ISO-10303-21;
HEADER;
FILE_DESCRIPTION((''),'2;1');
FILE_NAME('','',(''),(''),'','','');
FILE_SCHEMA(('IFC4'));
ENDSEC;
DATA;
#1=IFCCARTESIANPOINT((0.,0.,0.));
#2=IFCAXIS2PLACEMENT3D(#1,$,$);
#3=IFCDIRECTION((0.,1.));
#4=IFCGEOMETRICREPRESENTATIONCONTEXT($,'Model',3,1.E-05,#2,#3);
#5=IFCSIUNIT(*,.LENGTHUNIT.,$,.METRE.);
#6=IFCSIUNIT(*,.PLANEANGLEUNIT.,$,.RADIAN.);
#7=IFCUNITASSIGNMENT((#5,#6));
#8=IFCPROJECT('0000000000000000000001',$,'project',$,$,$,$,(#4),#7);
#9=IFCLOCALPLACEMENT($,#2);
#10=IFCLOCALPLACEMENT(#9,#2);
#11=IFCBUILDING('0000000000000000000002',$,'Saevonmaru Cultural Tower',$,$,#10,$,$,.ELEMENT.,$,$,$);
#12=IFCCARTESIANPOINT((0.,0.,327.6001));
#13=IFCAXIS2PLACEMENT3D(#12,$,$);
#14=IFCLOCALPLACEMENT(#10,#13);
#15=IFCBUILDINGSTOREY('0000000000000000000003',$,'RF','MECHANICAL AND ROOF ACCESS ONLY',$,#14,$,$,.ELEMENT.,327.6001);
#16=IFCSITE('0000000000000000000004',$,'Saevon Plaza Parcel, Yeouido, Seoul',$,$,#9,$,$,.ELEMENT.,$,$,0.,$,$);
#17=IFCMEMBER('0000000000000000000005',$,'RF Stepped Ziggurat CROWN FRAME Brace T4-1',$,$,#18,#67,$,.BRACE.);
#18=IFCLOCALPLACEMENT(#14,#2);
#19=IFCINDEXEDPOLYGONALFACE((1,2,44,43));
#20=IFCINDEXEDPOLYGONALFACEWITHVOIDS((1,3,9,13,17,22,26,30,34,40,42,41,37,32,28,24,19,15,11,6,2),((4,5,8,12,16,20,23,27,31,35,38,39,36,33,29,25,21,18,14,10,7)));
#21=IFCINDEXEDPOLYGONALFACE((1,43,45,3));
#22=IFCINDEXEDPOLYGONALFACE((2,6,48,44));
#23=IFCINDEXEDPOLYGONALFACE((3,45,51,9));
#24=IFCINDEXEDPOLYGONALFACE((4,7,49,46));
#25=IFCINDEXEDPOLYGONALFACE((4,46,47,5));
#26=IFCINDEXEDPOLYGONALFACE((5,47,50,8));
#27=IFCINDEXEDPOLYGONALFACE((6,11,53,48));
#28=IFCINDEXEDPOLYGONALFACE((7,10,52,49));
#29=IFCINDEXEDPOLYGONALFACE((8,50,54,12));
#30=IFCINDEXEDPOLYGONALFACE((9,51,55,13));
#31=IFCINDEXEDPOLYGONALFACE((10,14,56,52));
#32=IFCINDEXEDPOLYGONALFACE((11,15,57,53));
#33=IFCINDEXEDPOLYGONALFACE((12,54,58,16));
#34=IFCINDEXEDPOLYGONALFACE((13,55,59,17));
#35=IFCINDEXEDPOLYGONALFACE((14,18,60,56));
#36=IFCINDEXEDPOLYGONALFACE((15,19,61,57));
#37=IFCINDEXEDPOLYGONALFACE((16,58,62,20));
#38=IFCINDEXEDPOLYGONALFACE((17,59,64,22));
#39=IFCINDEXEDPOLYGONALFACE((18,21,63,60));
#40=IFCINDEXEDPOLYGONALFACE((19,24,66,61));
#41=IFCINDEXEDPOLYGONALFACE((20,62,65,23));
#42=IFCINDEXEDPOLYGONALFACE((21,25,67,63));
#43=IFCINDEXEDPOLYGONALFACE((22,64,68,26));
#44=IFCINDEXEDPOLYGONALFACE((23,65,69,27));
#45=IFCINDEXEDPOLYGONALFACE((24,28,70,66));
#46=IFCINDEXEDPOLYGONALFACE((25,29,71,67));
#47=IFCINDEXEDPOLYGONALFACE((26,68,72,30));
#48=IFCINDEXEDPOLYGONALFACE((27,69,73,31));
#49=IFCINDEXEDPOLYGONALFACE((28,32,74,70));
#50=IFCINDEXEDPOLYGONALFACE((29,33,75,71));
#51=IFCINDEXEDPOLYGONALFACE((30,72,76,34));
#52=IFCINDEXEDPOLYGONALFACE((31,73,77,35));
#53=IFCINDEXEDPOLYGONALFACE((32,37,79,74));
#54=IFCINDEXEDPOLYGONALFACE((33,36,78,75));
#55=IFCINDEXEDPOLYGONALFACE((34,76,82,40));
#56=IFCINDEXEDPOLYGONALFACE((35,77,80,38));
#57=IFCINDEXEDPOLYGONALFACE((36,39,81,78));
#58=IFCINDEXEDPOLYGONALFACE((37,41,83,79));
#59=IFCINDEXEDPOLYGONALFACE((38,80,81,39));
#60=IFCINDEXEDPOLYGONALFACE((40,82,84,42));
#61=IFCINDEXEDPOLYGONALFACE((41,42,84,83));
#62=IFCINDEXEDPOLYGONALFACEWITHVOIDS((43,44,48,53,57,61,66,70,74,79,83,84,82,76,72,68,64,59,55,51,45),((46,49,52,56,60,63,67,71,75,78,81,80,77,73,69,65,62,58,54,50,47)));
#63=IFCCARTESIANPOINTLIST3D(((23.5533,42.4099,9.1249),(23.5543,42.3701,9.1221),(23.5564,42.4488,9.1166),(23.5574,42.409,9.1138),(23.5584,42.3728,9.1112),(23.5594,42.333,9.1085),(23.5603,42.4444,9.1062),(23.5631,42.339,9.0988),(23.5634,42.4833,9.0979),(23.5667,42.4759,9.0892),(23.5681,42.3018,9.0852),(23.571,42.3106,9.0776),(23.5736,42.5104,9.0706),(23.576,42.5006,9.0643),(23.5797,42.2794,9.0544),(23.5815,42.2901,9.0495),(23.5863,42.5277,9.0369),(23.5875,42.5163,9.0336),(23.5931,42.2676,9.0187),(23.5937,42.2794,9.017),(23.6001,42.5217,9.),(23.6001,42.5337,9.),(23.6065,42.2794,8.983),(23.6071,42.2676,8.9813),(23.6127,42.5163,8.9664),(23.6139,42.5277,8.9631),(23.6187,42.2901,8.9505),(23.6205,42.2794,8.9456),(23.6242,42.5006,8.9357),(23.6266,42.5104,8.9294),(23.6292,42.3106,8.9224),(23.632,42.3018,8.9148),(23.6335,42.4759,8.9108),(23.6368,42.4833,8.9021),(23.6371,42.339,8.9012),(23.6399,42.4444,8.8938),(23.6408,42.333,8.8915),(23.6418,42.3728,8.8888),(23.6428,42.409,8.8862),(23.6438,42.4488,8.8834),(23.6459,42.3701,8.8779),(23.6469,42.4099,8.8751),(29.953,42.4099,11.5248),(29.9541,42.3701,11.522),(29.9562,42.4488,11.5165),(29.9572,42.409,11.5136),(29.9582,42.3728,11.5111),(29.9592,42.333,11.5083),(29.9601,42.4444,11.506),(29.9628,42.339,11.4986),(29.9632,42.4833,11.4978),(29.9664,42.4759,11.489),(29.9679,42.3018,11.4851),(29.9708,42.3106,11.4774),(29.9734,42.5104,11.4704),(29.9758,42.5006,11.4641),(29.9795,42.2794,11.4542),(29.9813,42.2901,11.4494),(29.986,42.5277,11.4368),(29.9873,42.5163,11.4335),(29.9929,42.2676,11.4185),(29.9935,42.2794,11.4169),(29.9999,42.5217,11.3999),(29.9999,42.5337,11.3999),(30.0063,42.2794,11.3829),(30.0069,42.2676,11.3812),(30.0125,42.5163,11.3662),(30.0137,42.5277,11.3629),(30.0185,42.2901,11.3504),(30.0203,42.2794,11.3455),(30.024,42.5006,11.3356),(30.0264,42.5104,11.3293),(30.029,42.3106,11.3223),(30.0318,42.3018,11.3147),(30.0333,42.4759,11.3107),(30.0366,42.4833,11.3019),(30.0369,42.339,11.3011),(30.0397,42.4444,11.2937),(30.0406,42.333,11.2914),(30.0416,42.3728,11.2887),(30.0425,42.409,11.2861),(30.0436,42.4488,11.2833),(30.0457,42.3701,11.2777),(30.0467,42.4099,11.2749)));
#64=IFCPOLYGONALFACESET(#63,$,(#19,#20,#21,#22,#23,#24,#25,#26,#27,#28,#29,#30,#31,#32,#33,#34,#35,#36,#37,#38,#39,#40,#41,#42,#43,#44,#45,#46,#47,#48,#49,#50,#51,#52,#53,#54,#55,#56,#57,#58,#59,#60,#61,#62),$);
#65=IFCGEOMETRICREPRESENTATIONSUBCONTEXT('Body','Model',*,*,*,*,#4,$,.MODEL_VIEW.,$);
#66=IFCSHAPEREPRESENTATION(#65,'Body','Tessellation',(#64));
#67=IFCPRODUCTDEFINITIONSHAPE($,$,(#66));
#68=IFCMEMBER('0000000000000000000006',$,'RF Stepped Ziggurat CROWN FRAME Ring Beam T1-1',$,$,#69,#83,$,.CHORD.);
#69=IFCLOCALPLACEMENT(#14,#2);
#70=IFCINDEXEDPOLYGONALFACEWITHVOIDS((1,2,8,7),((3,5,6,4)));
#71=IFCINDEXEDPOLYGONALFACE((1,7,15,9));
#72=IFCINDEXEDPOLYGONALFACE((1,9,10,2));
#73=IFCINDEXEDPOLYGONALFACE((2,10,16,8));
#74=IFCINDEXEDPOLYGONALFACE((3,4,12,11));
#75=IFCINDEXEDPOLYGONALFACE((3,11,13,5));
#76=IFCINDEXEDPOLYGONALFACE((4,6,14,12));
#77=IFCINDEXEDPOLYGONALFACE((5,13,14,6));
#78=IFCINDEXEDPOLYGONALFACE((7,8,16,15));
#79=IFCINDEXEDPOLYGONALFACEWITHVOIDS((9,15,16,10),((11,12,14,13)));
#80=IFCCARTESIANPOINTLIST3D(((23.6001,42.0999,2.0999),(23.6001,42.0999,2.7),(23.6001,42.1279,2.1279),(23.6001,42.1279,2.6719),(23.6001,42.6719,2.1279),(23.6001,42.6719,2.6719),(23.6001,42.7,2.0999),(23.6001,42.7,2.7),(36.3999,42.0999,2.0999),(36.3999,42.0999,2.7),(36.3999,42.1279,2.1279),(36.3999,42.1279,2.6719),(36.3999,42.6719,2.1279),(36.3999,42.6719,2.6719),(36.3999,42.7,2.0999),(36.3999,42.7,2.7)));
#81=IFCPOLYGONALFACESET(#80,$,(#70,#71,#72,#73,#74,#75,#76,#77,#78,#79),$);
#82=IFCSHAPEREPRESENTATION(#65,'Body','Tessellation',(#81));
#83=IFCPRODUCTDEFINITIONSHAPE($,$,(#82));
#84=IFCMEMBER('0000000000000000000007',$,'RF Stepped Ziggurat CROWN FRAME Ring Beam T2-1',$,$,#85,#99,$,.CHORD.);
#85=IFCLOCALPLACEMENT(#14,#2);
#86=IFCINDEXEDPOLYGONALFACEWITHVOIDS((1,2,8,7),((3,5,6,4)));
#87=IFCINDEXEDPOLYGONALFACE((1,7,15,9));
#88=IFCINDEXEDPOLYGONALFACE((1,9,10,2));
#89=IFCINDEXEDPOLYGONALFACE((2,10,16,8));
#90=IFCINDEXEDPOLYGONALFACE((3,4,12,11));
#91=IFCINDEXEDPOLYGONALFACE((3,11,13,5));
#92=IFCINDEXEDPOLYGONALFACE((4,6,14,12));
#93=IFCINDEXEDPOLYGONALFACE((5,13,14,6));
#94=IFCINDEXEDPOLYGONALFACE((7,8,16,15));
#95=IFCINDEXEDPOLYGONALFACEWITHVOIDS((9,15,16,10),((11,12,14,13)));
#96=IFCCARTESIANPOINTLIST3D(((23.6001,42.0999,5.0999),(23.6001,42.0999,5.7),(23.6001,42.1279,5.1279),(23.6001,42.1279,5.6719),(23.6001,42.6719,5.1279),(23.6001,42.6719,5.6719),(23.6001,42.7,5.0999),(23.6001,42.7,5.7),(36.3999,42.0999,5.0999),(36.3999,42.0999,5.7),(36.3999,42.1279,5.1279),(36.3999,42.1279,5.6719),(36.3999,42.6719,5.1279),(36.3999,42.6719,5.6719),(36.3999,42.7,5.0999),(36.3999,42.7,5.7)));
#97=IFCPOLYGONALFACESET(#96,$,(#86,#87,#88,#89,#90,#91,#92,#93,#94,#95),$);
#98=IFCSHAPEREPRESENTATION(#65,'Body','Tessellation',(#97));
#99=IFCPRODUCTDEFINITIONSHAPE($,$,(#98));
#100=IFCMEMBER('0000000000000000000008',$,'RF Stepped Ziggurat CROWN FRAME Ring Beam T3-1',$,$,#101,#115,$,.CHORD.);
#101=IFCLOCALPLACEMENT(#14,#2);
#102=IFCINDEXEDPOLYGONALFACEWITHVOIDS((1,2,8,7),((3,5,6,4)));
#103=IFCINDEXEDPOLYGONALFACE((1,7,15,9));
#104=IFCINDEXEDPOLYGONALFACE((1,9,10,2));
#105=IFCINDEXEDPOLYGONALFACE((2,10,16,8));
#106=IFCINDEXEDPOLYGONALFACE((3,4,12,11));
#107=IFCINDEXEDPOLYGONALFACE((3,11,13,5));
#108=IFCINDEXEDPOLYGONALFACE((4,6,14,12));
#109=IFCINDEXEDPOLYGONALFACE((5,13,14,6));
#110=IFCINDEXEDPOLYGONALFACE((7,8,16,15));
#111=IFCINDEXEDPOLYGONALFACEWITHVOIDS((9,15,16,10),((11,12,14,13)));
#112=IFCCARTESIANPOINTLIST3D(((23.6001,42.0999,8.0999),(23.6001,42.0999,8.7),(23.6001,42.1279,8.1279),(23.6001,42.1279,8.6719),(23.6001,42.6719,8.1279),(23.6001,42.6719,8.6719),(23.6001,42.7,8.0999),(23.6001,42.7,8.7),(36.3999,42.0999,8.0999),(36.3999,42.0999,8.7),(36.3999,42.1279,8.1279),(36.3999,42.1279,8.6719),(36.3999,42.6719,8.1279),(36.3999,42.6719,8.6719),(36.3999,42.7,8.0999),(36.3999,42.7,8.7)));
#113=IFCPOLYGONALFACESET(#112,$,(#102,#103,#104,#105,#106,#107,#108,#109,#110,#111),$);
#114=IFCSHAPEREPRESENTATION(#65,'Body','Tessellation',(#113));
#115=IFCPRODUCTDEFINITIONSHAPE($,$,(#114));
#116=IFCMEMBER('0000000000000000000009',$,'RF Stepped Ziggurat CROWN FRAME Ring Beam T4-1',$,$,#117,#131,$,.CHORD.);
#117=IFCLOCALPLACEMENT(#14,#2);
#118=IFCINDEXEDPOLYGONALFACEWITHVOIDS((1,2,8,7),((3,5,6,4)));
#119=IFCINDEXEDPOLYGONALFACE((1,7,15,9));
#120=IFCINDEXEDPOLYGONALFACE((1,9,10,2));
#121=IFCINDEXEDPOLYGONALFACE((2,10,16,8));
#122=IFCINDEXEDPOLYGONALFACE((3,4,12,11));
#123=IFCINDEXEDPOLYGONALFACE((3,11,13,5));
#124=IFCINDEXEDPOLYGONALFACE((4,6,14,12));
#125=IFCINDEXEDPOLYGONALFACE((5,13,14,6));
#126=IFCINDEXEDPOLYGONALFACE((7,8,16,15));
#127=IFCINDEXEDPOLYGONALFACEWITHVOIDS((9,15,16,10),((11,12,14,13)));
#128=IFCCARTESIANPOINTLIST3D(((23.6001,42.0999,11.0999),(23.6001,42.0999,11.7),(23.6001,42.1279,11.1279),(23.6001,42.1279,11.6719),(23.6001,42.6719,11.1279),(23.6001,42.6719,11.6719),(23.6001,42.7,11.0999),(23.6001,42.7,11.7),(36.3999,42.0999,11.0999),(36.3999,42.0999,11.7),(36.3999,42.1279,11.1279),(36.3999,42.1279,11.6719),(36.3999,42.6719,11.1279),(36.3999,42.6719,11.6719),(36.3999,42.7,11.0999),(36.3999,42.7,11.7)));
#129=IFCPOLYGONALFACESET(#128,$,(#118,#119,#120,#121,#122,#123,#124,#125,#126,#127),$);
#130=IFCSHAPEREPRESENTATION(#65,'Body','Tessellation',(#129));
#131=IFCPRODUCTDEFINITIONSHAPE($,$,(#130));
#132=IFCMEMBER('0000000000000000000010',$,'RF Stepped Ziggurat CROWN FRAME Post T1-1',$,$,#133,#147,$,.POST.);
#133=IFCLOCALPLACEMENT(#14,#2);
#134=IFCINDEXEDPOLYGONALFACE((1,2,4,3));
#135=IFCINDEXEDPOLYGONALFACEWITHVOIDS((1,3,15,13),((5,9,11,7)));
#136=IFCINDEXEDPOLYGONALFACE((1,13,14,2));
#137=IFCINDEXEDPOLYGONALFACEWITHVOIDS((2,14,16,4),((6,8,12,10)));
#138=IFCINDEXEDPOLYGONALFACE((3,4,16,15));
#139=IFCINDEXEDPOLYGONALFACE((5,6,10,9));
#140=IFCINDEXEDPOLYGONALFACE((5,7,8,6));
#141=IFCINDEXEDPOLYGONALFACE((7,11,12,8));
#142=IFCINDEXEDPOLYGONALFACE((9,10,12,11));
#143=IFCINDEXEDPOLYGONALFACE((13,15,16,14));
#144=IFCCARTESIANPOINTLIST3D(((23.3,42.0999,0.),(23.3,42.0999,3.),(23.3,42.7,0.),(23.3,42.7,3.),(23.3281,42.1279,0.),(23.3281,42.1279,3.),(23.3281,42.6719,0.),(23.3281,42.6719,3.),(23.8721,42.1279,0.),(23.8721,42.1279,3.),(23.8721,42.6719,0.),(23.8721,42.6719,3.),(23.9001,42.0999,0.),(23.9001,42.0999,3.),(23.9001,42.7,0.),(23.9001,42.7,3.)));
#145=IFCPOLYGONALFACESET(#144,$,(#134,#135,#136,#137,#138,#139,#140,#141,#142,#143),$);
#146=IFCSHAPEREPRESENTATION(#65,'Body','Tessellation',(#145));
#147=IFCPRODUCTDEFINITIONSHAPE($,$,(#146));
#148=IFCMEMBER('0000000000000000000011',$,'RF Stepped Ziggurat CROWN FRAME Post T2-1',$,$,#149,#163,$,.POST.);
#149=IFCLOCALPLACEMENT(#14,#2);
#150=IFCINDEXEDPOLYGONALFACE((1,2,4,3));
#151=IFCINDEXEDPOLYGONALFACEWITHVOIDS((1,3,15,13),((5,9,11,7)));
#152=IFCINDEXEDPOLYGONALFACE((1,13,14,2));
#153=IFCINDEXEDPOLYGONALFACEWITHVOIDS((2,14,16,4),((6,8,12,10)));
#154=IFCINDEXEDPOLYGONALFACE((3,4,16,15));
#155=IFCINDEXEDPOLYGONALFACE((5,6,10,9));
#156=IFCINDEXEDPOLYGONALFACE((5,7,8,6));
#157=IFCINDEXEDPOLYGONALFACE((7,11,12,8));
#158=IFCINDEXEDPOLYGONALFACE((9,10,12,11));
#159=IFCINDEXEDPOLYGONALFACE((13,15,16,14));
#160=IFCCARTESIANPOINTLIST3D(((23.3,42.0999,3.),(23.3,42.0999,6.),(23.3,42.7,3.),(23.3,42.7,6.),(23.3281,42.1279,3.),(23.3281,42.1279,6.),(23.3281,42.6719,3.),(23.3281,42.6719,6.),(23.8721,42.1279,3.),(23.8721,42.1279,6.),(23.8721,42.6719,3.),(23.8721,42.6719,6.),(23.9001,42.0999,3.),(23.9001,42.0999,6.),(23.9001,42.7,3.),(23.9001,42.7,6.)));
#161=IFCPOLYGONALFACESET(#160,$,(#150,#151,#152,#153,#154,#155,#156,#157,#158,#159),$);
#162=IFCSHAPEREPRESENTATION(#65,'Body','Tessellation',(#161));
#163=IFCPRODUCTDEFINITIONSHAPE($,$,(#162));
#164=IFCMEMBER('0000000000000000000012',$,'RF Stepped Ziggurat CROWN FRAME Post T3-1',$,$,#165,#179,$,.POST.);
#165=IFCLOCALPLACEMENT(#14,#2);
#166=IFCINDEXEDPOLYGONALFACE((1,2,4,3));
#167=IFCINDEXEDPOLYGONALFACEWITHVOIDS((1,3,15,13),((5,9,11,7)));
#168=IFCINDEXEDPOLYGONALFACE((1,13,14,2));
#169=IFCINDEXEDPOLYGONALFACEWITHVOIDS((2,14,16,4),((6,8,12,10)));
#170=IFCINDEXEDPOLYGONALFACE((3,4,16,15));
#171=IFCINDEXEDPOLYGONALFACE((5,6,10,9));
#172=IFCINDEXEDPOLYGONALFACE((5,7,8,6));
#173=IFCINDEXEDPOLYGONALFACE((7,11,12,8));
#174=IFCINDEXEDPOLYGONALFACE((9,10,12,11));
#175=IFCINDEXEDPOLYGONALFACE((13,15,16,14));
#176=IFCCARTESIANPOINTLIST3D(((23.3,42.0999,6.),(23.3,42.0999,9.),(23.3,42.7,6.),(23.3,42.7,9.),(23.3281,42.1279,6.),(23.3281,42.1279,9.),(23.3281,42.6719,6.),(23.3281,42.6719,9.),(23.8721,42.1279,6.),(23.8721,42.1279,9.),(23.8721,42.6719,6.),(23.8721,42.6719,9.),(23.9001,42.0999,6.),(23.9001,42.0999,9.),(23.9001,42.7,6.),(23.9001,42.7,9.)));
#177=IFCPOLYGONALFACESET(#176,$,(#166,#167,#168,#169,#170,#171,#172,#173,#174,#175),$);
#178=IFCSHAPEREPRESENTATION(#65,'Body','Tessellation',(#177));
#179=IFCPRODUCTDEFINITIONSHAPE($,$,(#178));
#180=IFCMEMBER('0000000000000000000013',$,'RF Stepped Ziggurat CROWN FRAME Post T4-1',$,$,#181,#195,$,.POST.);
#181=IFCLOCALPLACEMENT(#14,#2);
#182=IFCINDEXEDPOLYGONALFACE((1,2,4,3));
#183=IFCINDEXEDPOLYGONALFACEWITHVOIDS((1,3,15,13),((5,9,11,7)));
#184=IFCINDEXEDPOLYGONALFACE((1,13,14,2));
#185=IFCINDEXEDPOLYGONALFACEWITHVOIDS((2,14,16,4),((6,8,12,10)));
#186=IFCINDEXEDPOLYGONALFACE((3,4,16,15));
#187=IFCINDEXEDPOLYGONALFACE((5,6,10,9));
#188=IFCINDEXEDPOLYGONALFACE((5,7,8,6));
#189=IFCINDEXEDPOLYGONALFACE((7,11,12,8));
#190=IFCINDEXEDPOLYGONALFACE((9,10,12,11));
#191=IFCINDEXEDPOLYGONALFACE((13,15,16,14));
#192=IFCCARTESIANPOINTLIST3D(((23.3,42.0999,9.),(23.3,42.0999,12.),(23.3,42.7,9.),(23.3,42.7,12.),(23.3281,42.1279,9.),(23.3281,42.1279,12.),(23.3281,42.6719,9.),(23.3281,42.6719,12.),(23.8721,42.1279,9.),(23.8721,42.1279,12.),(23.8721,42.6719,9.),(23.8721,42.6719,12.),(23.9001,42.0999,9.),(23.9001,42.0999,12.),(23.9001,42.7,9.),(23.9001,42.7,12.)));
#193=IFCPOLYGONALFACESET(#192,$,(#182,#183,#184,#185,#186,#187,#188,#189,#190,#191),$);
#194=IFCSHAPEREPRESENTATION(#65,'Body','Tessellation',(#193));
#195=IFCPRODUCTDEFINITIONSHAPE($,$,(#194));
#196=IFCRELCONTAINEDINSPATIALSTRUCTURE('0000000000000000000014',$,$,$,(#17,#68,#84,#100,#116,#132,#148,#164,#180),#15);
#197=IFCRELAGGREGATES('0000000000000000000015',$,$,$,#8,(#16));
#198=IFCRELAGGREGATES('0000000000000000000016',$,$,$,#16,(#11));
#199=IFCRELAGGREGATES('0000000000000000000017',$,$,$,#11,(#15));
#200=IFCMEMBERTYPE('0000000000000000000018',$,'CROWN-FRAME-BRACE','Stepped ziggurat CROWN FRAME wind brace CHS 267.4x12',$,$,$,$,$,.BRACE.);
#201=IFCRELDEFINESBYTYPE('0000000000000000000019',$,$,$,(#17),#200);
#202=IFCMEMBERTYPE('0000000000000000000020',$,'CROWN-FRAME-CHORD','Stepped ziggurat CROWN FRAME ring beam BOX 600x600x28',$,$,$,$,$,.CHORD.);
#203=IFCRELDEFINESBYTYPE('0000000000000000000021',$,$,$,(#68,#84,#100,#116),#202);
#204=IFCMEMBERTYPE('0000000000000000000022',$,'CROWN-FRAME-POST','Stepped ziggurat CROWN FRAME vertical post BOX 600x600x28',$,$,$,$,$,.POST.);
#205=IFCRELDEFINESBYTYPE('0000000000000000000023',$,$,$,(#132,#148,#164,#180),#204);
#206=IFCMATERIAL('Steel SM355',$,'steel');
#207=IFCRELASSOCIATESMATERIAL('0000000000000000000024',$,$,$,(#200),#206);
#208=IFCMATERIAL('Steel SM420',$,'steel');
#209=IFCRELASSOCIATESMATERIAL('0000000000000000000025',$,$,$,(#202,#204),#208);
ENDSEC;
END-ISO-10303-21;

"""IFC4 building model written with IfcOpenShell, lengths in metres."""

from ifc_helpers import new_model, si_unit, direction, frame, origin, origin_2d, place, context, subcontext, project, spatial, hollow_rectangle, hollow_circle, extrude, material, material_profile, profile_set, type_object, element, save


model = new_model("IFC4")

# Units and contexts
model_context = context("Model", 3, precision=1e-05, world=origin(), true_north=direction((0.0, 1.0)))
body_context = subcontext(model_context, "Body", "Model", "MODEL_VIEW")
ifc_project = project(units=[si_unit("LENGTHUNIT", "METRE"), si_unit("PLANEANGLEUNIT", "RADIAN")], contexts=[model_context])

# Site, building, storey
site_placement = place(None, origin())
site = spatial("IfcSite", under=ifc_project, at=site_placement, Name="Saevon Plaza Parcel, Yeouido, Seoul", CompositionType="ELEMENT", RefElevation=0.0)
building_placement = place(site_placement, origin())
building = spatial("IfcBuilding", under=site, at=building_placement, Name="Saevonmaru Cultural Tower", CompositionType="ELEMENT")
storey_placement = place(building_placement, frame((0.0, 0.0, 327.6001)))
storey = spatial("IfcBuildingStorey", under=building, at=storey_placement, Name="RF", Description="MECHANICAL AND ROOF ACCESS ONLY", CompositionType="ELEMENT", Elevation=327.6001)

# Members
ifc_material_1 = material(Name="Steel SM355", Category="steel")
ifc_material_profile_1 = material_profile(ifc_material_1, hollow_circle(Radius=0.1338, WallThickness=0.012, at=origin_2d()), Name="CHS-267.4x12")
ifc_profile_set_1 = profile_set([ifc_material_profile_1], Name="Steel SM355")
member_type_1 = type_object("IfcMemberType", Name="CROWN-FRAME-BRACE", Description="Stepped ziggurat CROWN FRAME wind brace CHS 267.4x12", PredefinedType="BRACE", material=ifc_profile_set_1)
for number, where, z_axis, x_axis, name in (
    (1, (23.6001, 42.3999, 9.0), (0.936332, 0.0, 0.351116), (0.0, 1.0, 0.0), "RF Stepped Ziggurat CROWN FRAME Brace T4-1"),
):
    element("IfcMember", number, at=place(storey_placement, frame(where, z_axis=z_axis, x_axis=x_axis)), inside=storey, type_object=member_type_1, Name=name, PredefinedType="BRACE", context=body_context, shape_type="SweptSolid", body=[
        extrude(hollow_circle(Radius=0.1338, WallThickness=0.012, at=origin_2d()), origin(), (0.0, 0.0, 1.0), 6.835),
    ])
ifc_material_2 = material(Name="Steel SM420", Category="steel")
ifc_material_profile_2 = material_profile(ifc_material_2, hollow_rectangle(XDim=0.6001, YDim=0.6001, WallThickness=0.0281, at=origin_2d()), Name="BOX-600x600x28")
ifc_profile_set_2 = profile_set([ifc_material_profile_2], Name="Steel SM420")
member_type_2 = type_object("IfcMemberType", Name="CROWN-FRAME-CHORD", Description="Stepped ziggurat CROWN FRAME ring beam BOX 600x600x28", PredefinedType="CHORD", material=ifc_profile_set_2)
for number, where, z_axis, x_axis, name in (
    (2, (23.6001, 42.3999, 2.3999), (1.0, 0.0, 0.0), (0.0, 1.0, 0.0), "RF Stepped Ziggurat CROWN FRAME Ring Beam T1-1"),
    (3, (23.6001, 42.3999, 5.3999), (1.0, 0.0, 0.0), (0.0, 1.0, 0.0), "RF Stepped Ziggurat CROWN FRAME Ring Beam T2-1"),
    (4, (23.6001, 42.3999, 8.3999), (1.0, 0.0, 0.0), (0.0, 1.0, 0.0), "RF Stepped Ziggurat CROWN FRAME Ring Beam T3-1"),
    (5, (23.6001, 42.3999, 11.3999), (1.0, 0.0, 0.0), (0.0, 1.0, 0.0), "RF Stepped Ziggurat CROWN FRAME Ring Beam T4-1"),
):
    element("IfcMember", number, at=place(storey_placement, frame(where, z_axis=z_axis, x_axis=x_axis)), inside=storey, type_object=member_type_2, Name=name, PredefinedType="CHORD", context=body_context, shape_type="SweptSolid", body=[
        extrude(hollow_rectangle(XDim=0.6001, YDim=0.6001, WallThickness=0.0281, at=origin_2d()), origin(), (0.0, 0.0, 1.0), 12.7998),
    ])
ifc_material_profile_3 = material_profile(ifc_material_2, hollow_rectangle(XDim=0.6001, YDim=0.6001, WallThickness=0.0281, at=origin_2d()), Name="BOX-600x600x28")
ifc_profile_set_3 = profile_set([ifc_material_profile_3], Name="Steel SM420")
member_type_3 = type_object("IfcMemberType", Name="CROWN-FRAME-POST", Description="Stepped ziggurat CROWN FRAME vertical post BOX 600x600x28", PredefinedType="POST", material=ifc_profile_set_3)
for number, where, z_axis, x_axis, name in (
    (6, (23.6001, 42.3999, 0.0), (0.0, 0.0, 1.0), (1.0, 0.0, 0.0), "RF Stepped Ziggurat CROWN FRAME Post T1-1"),
    (7, (23.6001, 42.3999, 3.0), (0.0, 0.0, 1.0), (1.0, 0.0, 0.0), "RF Stepped Ziggurat CROWN FRAME Post T2-1"),
    (8, (23.6001, 42.3999, 6.0), (0.0, 0.0, 1.0), (1.0, 0.0, 0.0), "RF Stepped Ziggurat CROWN FRAME Post T3-1"),
    (9, (23.6001, 42.3999, 9.0), (0.0, 0.0, 1.0), (1.0, 0.0, 0.0), "RF Stepped Ziggurat CROWN FRAME Post T4-1"),
):
    element("IfcMember", number, at=place(storey_placement, frame(where, z_axis=z_axis, x_axis=x_axis)), inside=storey, type_object=member_type_3, Name=name, PredefinedType="POST", context=body_context, shape_type="SweptSolid", body=[
        extrude(hollow_rectangle(XDim=0.6001, YDim=0.6001, WallThickness=0.0281, at=origin_2d()), origin(), (0.0, 0.0, 1.0), 3.0),
    ])

save(model, "model.ifc")
